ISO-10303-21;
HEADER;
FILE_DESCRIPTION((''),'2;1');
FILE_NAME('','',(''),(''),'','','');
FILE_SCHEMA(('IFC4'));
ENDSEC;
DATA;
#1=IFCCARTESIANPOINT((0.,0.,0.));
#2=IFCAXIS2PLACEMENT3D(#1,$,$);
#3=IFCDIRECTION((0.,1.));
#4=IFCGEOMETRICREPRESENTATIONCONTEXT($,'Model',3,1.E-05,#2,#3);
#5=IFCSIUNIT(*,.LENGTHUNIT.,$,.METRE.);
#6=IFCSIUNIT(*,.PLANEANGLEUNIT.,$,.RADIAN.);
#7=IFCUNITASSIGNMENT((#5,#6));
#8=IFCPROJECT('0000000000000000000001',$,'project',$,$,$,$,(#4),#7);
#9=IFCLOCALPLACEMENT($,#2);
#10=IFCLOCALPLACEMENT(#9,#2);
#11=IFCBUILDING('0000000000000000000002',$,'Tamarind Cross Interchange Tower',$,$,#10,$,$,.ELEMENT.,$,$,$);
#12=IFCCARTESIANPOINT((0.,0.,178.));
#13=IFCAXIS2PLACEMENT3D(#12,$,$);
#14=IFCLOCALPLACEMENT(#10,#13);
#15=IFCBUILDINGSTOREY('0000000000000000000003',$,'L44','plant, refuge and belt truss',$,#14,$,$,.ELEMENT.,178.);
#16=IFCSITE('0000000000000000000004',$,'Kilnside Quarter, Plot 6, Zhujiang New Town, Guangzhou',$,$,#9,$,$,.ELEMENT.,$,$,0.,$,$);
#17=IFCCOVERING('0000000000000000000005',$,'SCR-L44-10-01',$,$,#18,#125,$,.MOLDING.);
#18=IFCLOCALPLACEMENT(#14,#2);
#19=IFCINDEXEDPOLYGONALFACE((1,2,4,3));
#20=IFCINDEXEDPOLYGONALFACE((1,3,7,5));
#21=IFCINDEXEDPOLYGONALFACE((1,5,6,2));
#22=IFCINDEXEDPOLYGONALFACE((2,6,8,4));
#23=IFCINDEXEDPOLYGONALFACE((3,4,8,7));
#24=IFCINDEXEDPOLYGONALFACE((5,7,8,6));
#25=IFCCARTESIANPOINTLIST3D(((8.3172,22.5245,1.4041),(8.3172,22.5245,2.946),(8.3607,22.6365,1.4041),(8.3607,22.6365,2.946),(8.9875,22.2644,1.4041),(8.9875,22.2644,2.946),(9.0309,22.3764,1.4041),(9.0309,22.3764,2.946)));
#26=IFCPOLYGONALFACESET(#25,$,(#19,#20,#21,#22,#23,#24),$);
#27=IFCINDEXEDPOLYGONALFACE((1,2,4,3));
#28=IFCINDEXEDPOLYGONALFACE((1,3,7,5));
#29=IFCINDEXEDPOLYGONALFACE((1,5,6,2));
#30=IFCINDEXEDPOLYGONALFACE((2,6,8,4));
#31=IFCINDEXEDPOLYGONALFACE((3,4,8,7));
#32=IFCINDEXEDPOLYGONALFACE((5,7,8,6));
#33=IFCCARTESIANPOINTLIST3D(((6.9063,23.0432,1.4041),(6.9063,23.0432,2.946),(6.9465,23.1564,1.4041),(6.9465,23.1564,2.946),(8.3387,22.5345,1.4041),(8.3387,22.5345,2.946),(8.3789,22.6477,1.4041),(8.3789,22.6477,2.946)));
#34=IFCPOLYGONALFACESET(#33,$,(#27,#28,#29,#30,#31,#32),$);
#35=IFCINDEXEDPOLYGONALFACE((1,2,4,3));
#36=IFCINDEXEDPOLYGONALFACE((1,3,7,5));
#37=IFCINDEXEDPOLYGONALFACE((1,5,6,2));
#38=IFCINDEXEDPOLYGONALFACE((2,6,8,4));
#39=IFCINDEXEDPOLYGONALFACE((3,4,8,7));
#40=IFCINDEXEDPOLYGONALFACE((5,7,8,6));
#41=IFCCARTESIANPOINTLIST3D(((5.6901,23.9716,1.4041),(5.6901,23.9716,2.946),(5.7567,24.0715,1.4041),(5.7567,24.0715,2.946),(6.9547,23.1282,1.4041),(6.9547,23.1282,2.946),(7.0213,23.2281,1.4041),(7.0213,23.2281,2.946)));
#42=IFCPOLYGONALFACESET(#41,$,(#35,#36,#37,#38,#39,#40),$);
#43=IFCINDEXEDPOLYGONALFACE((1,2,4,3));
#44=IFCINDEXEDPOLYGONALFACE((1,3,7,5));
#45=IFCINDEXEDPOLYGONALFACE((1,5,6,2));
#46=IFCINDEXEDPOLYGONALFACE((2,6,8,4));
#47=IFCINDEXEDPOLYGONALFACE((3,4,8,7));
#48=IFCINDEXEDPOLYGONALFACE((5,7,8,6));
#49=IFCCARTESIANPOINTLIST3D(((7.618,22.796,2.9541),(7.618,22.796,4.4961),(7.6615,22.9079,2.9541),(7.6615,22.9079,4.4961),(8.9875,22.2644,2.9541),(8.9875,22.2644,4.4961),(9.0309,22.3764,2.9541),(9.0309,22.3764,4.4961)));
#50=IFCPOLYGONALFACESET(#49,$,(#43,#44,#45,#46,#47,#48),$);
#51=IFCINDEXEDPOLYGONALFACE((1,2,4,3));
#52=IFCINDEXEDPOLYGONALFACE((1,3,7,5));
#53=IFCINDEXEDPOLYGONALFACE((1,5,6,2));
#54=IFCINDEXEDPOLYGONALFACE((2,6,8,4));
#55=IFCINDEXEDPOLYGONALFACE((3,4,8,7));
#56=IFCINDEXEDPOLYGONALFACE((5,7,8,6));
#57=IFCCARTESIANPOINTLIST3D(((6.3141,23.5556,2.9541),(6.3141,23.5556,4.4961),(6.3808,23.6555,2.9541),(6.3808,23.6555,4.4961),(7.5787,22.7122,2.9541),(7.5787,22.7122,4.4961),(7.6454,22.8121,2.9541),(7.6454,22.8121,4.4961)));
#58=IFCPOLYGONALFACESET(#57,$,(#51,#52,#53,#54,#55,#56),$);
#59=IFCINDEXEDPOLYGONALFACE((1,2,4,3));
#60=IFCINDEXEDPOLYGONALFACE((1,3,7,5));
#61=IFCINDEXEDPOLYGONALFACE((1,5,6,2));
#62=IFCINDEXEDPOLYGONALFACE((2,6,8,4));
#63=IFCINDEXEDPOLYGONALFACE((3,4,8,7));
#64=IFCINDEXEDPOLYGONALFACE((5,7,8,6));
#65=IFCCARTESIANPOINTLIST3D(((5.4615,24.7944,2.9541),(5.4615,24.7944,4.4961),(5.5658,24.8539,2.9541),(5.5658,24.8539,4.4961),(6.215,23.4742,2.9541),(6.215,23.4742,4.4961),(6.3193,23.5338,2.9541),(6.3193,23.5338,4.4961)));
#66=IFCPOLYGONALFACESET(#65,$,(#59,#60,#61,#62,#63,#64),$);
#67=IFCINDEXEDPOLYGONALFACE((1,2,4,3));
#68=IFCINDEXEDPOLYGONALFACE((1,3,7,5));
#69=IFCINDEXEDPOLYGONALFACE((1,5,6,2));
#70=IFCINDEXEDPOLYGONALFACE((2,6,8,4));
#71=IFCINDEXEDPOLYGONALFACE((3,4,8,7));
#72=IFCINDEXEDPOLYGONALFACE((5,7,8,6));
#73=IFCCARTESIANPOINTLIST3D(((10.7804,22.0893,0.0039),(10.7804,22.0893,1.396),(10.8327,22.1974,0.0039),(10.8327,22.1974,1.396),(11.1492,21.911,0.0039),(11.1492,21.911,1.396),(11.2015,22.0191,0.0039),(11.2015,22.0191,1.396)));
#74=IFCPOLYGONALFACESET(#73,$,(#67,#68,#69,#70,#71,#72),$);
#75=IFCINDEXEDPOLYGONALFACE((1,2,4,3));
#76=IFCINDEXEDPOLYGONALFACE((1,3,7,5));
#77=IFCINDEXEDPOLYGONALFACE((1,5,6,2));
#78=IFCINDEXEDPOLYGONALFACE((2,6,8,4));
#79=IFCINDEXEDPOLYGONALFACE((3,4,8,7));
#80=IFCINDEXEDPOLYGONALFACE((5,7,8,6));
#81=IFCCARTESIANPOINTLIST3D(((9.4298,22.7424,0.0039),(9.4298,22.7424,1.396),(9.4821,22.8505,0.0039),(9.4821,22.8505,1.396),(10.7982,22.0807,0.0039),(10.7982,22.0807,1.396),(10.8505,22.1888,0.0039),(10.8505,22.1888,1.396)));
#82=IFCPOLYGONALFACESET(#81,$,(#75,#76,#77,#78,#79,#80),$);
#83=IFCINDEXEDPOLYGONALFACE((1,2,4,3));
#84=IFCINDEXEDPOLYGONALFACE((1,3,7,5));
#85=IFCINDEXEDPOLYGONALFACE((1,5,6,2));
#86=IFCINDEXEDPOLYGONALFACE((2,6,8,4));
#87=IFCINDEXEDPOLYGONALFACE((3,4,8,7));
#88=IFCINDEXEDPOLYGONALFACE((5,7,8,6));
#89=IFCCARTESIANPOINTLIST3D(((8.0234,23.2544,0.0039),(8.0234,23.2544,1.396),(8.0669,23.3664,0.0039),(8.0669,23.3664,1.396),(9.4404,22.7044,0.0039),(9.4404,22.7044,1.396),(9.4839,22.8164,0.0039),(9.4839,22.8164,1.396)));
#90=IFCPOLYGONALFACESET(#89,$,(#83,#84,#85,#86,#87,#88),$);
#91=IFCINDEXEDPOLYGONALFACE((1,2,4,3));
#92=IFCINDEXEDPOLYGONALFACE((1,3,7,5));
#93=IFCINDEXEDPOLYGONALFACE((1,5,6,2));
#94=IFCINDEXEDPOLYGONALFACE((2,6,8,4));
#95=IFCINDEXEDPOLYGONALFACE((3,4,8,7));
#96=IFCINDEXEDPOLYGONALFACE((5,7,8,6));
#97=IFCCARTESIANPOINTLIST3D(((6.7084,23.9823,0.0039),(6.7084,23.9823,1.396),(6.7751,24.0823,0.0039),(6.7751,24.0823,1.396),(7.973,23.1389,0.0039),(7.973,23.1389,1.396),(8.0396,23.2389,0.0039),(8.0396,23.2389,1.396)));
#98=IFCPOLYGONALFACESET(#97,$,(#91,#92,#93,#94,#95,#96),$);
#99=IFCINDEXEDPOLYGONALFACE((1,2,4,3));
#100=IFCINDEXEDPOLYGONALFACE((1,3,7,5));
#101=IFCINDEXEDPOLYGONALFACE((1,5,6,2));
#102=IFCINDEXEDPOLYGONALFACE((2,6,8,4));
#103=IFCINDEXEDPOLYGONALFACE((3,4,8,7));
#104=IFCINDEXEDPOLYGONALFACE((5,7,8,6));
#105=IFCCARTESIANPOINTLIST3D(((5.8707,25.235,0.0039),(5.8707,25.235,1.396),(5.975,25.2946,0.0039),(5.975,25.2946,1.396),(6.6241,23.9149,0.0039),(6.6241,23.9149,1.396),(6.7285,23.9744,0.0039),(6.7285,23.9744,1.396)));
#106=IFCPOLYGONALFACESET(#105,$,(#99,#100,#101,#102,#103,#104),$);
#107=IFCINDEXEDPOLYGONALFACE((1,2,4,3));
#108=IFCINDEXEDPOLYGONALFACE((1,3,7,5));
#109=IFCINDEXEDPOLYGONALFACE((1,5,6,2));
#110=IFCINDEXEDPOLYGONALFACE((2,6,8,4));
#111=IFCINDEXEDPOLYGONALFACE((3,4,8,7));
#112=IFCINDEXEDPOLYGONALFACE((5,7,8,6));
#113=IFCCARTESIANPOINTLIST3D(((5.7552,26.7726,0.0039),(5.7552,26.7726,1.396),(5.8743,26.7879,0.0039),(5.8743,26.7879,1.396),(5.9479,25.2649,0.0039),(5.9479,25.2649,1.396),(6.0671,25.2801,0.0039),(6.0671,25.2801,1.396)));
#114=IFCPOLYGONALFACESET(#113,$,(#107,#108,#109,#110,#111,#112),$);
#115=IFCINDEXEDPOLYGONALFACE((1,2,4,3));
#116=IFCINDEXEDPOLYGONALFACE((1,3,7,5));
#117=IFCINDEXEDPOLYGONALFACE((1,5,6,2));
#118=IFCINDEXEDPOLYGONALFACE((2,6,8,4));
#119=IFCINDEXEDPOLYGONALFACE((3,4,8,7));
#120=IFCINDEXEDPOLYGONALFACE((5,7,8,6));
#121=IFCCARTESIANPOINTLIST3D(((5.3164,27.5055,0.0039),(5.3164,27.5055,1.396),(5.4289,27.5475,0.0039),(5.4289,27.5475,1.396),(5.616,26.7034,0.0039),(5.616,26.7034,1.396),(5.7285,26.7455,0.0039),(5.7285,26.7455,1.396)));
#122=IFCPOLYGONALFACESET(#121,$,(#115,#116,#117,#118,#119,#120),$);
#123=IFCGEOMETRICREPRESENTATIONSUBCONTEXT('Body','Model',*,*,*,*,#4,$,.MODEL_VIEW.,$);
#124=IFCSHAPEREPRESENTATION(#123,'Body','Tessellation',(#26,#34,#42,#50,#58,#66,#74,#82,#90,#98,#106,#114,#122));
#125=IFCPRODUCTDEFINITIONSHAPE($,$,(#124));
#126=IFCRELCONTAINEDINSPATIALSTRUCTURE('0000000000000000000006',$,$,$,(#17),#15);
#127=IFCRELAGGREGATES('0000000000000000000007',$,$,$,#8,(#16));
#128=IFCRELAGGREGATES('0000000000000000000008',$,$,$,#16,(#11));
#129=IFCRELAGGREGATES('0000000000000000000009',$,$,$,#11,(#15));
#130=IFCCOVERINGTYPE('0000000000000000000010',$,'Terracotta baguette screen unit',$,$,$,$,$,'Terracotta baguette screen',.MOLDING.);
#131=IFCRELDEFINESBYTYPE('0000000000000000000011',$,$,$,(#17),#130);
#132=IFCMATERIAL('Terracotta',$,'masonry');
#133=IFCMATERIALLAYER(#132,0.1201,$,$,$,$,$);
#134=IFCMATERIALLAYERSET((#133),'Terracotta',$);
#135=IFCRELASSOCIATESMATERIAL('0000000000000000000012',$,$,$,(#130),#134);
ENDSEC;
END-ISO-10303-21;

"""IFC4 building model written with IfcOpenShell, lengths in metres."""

from ifc_helpers import new_model, si_unit, direction, frame, origin, origin_2d, place, context, subcontext, project, spatial, rectangle, extrude, material, layer, layer_set, type_object, element, save


model = new_model("IFC4")

# Units and contexts
model_context = context("Model", 3, precision=1e-05, world=origin(), true_north=direction((0.0, 1.0)))
body_context = subcontext(model_context, "Body", "Model", "MODEL_VIEW")
ifc_project = project(units=[si_unit("LENGTHUNIT", "METRE"), si_unit("PLANEANGLEUNIT", "RADIAN")], contexts=[model_context])

# Site, building, storey
site_placement = place(None, origin())
site = spatial("IfcSite", under=ifc_project, at=site_placement, Name="Kilnside Quarter, Plot 6, Zhujiang New Town, Guangzhou", CompositionType="ELEMENT", RefElevation=0.0)
building_placement = place(site_placement, origin())
building = spatial("IfcBuilding", under=site, at=building_placement, Name="Tamarind Cross Interchange Tower", CompositionType="ELEMENT")
storey_placement = place(building_placement, frame((0.0, 0.0, 178.0)))
storey = spatial("IfcBuildingStorey", under=building, at=storey_placement, Name="L44", Description="plant, refuge and belt truss", CompositionType="ELEMENT", Elevation=178.0)

# Covering
ifc_material_1 = material(Name="Terracotta", Category="masonry")
ifc_layer_1 = layer(ifc_material_1, 0.1201)
ifc_layer_set_1 = layer_set([ifc_layer_1], Name="Terracotta")
covering_type = type_object("IfcCoveringType", Name="Terracotta baguette screen unit", ElementType="Terracotta baguette screen", PredefinedType="MOLDING", material=ifc_layer_set_1)
covering_1_placement = place(storey_placement, origin())
element("IfcCovering", 1, at=covering_1_placement, inside=storey, type_object=covering_type, Name="SCR-L44-10-01", PredefinedType="MOLDING", context=body_context, shape_type="SweptSolid", body=[
    extrude(rectangle(XDim=0.719, YDim=0.1201, at=origin_2d()), frame((8.6741, 22.4504, 1.4041), z_axis=(0.0, 0.0, 1.0), x_axis=(-0.932242, 0.361835, 0.0)), (0.0, 0.0, 1.0), 1.542),
    extrude(rectangle(XDim=1.52, YDim=0.1201, at=origin_2d()), frame((7.6426, 22.8455, 1.4041), z_axis=(0.0, 0.0, 1.0), x_axis=(-0.942335, 0.334671, 0.0)), (0.0, 0.0, 1.0), 1.542),
    extrude(rectangle(XDim=1.52, YDim=0.1201, at=origin_2d()), frame((6.3557, 23.5999, 1.4041), z_axis=(0.0, 0.0, 1.0), x_axis=(-0.831952, 0.554848, 0.0)), (0.0, 0.0, 1.0), 1.542),
    extrude(rectangle(XDim=1.469, YDim=0.1201, at=origin_2d()), frame((8.3245, 22.5862, 2.9541), z_axis=(0.0, 0.0, 1.0), x_axis=(-0.932242, 0.361835, 0.0)), (0.0, 0.0, 1.0), 1.542),
    extrude(rectangle(XDim=1.52, YDim=0.1201, at=origin_2d()), frame((6.9797, 23.1838, 2.9541), z_axis=(0.0, 0.0, 1.0), x_axis=(-0.831952, 0.554848, 0.0)), (0.0, 0.0, 1.0), 1.542),
    extrude(rectangle(XDim=1.52, YDim=0.1201, at=origin_2d()), frame((5.8904, 24.1641, 2.9541), z_axis=(0.0, 0.0, 1.0), x_axis=(-0.495709, 0.868489, 0.0)), (0.0, 0.0, 1.0), 1.542),
    extrude(rectangle(XDim=0.4097, YDim=0.1201, at=origin_2d()), frame((10.991, 22.0542, 0.0039), z_axis=(0.0, 0.0, 1.0), x_axis=(-0.900273, 0.435326, 0.0)), (0.0, 0.0, 1.0), 1.3921),
    extrude(rectangle(XDim=1.52, YDim=0.1201, at=origin_2d()), frame((10.1401, 22.4656, 0.0039), z_axis=(0.0, 0.0, 1.0), x_axis=(-0.900273, 0.435326, 0.0)), (0.0, 0.0, 1.0), 1.3921),
    extrude(rectangle(XDim=1.52, YDim=0.1201, at=origin_2d()), frame((8.7537, 23.0354, 0.0039), z_axis=(0.0, 0.0, 1.0), x_axis=(-0.932242, 0.361835, 0.0)), (0.0, 0.0, 1.0), 1.3921),
    extrude(rectangle(XDim=1.52, YDim=0.1201, at=origin_2d()), frame((7.374, 23.6106, 0.0039), z_axis=(0.0, 0.0, 1.0), x_axis=(-0.831952, 0.554848, 0.0)), (0.0, 0.0, 1.0), 1.3921),
    extrude(rectangle(XDim=1.52, YDim=0.1201, at=origin_2d()), frame((6.2996, 24.6047, 0.0039), z_axis=(0.0, 0.0, 1.0), x_axis=(-0.495709, 0.868489, 0.0)), (0.0, 0.0, 1.0), 1.3921),
    extrude(rectangle(XDim=1.52, YDim=0.1201, at=origin_2d()), frame((5.9111, 26.0264, 0.0039), z_axis=(0.0, 0.0, 1.0), x_axis=(-0.126823, 0.991925, 0.0)), (0.0, 0.0, 1.0), 1.3921),
    extrude(rectangle(XDim=0.8562, YDim=0.1201, at=origin_2d()), frame((5.5225, 27.1255, 0.0039), z_axis=(0.0, 0.0, 1.0), x_axis=(-0.349919, 0.93678, 0.0)), (0.0, 0.0, 1.0), 1.3921),
])

save(model, "model.ifc")
